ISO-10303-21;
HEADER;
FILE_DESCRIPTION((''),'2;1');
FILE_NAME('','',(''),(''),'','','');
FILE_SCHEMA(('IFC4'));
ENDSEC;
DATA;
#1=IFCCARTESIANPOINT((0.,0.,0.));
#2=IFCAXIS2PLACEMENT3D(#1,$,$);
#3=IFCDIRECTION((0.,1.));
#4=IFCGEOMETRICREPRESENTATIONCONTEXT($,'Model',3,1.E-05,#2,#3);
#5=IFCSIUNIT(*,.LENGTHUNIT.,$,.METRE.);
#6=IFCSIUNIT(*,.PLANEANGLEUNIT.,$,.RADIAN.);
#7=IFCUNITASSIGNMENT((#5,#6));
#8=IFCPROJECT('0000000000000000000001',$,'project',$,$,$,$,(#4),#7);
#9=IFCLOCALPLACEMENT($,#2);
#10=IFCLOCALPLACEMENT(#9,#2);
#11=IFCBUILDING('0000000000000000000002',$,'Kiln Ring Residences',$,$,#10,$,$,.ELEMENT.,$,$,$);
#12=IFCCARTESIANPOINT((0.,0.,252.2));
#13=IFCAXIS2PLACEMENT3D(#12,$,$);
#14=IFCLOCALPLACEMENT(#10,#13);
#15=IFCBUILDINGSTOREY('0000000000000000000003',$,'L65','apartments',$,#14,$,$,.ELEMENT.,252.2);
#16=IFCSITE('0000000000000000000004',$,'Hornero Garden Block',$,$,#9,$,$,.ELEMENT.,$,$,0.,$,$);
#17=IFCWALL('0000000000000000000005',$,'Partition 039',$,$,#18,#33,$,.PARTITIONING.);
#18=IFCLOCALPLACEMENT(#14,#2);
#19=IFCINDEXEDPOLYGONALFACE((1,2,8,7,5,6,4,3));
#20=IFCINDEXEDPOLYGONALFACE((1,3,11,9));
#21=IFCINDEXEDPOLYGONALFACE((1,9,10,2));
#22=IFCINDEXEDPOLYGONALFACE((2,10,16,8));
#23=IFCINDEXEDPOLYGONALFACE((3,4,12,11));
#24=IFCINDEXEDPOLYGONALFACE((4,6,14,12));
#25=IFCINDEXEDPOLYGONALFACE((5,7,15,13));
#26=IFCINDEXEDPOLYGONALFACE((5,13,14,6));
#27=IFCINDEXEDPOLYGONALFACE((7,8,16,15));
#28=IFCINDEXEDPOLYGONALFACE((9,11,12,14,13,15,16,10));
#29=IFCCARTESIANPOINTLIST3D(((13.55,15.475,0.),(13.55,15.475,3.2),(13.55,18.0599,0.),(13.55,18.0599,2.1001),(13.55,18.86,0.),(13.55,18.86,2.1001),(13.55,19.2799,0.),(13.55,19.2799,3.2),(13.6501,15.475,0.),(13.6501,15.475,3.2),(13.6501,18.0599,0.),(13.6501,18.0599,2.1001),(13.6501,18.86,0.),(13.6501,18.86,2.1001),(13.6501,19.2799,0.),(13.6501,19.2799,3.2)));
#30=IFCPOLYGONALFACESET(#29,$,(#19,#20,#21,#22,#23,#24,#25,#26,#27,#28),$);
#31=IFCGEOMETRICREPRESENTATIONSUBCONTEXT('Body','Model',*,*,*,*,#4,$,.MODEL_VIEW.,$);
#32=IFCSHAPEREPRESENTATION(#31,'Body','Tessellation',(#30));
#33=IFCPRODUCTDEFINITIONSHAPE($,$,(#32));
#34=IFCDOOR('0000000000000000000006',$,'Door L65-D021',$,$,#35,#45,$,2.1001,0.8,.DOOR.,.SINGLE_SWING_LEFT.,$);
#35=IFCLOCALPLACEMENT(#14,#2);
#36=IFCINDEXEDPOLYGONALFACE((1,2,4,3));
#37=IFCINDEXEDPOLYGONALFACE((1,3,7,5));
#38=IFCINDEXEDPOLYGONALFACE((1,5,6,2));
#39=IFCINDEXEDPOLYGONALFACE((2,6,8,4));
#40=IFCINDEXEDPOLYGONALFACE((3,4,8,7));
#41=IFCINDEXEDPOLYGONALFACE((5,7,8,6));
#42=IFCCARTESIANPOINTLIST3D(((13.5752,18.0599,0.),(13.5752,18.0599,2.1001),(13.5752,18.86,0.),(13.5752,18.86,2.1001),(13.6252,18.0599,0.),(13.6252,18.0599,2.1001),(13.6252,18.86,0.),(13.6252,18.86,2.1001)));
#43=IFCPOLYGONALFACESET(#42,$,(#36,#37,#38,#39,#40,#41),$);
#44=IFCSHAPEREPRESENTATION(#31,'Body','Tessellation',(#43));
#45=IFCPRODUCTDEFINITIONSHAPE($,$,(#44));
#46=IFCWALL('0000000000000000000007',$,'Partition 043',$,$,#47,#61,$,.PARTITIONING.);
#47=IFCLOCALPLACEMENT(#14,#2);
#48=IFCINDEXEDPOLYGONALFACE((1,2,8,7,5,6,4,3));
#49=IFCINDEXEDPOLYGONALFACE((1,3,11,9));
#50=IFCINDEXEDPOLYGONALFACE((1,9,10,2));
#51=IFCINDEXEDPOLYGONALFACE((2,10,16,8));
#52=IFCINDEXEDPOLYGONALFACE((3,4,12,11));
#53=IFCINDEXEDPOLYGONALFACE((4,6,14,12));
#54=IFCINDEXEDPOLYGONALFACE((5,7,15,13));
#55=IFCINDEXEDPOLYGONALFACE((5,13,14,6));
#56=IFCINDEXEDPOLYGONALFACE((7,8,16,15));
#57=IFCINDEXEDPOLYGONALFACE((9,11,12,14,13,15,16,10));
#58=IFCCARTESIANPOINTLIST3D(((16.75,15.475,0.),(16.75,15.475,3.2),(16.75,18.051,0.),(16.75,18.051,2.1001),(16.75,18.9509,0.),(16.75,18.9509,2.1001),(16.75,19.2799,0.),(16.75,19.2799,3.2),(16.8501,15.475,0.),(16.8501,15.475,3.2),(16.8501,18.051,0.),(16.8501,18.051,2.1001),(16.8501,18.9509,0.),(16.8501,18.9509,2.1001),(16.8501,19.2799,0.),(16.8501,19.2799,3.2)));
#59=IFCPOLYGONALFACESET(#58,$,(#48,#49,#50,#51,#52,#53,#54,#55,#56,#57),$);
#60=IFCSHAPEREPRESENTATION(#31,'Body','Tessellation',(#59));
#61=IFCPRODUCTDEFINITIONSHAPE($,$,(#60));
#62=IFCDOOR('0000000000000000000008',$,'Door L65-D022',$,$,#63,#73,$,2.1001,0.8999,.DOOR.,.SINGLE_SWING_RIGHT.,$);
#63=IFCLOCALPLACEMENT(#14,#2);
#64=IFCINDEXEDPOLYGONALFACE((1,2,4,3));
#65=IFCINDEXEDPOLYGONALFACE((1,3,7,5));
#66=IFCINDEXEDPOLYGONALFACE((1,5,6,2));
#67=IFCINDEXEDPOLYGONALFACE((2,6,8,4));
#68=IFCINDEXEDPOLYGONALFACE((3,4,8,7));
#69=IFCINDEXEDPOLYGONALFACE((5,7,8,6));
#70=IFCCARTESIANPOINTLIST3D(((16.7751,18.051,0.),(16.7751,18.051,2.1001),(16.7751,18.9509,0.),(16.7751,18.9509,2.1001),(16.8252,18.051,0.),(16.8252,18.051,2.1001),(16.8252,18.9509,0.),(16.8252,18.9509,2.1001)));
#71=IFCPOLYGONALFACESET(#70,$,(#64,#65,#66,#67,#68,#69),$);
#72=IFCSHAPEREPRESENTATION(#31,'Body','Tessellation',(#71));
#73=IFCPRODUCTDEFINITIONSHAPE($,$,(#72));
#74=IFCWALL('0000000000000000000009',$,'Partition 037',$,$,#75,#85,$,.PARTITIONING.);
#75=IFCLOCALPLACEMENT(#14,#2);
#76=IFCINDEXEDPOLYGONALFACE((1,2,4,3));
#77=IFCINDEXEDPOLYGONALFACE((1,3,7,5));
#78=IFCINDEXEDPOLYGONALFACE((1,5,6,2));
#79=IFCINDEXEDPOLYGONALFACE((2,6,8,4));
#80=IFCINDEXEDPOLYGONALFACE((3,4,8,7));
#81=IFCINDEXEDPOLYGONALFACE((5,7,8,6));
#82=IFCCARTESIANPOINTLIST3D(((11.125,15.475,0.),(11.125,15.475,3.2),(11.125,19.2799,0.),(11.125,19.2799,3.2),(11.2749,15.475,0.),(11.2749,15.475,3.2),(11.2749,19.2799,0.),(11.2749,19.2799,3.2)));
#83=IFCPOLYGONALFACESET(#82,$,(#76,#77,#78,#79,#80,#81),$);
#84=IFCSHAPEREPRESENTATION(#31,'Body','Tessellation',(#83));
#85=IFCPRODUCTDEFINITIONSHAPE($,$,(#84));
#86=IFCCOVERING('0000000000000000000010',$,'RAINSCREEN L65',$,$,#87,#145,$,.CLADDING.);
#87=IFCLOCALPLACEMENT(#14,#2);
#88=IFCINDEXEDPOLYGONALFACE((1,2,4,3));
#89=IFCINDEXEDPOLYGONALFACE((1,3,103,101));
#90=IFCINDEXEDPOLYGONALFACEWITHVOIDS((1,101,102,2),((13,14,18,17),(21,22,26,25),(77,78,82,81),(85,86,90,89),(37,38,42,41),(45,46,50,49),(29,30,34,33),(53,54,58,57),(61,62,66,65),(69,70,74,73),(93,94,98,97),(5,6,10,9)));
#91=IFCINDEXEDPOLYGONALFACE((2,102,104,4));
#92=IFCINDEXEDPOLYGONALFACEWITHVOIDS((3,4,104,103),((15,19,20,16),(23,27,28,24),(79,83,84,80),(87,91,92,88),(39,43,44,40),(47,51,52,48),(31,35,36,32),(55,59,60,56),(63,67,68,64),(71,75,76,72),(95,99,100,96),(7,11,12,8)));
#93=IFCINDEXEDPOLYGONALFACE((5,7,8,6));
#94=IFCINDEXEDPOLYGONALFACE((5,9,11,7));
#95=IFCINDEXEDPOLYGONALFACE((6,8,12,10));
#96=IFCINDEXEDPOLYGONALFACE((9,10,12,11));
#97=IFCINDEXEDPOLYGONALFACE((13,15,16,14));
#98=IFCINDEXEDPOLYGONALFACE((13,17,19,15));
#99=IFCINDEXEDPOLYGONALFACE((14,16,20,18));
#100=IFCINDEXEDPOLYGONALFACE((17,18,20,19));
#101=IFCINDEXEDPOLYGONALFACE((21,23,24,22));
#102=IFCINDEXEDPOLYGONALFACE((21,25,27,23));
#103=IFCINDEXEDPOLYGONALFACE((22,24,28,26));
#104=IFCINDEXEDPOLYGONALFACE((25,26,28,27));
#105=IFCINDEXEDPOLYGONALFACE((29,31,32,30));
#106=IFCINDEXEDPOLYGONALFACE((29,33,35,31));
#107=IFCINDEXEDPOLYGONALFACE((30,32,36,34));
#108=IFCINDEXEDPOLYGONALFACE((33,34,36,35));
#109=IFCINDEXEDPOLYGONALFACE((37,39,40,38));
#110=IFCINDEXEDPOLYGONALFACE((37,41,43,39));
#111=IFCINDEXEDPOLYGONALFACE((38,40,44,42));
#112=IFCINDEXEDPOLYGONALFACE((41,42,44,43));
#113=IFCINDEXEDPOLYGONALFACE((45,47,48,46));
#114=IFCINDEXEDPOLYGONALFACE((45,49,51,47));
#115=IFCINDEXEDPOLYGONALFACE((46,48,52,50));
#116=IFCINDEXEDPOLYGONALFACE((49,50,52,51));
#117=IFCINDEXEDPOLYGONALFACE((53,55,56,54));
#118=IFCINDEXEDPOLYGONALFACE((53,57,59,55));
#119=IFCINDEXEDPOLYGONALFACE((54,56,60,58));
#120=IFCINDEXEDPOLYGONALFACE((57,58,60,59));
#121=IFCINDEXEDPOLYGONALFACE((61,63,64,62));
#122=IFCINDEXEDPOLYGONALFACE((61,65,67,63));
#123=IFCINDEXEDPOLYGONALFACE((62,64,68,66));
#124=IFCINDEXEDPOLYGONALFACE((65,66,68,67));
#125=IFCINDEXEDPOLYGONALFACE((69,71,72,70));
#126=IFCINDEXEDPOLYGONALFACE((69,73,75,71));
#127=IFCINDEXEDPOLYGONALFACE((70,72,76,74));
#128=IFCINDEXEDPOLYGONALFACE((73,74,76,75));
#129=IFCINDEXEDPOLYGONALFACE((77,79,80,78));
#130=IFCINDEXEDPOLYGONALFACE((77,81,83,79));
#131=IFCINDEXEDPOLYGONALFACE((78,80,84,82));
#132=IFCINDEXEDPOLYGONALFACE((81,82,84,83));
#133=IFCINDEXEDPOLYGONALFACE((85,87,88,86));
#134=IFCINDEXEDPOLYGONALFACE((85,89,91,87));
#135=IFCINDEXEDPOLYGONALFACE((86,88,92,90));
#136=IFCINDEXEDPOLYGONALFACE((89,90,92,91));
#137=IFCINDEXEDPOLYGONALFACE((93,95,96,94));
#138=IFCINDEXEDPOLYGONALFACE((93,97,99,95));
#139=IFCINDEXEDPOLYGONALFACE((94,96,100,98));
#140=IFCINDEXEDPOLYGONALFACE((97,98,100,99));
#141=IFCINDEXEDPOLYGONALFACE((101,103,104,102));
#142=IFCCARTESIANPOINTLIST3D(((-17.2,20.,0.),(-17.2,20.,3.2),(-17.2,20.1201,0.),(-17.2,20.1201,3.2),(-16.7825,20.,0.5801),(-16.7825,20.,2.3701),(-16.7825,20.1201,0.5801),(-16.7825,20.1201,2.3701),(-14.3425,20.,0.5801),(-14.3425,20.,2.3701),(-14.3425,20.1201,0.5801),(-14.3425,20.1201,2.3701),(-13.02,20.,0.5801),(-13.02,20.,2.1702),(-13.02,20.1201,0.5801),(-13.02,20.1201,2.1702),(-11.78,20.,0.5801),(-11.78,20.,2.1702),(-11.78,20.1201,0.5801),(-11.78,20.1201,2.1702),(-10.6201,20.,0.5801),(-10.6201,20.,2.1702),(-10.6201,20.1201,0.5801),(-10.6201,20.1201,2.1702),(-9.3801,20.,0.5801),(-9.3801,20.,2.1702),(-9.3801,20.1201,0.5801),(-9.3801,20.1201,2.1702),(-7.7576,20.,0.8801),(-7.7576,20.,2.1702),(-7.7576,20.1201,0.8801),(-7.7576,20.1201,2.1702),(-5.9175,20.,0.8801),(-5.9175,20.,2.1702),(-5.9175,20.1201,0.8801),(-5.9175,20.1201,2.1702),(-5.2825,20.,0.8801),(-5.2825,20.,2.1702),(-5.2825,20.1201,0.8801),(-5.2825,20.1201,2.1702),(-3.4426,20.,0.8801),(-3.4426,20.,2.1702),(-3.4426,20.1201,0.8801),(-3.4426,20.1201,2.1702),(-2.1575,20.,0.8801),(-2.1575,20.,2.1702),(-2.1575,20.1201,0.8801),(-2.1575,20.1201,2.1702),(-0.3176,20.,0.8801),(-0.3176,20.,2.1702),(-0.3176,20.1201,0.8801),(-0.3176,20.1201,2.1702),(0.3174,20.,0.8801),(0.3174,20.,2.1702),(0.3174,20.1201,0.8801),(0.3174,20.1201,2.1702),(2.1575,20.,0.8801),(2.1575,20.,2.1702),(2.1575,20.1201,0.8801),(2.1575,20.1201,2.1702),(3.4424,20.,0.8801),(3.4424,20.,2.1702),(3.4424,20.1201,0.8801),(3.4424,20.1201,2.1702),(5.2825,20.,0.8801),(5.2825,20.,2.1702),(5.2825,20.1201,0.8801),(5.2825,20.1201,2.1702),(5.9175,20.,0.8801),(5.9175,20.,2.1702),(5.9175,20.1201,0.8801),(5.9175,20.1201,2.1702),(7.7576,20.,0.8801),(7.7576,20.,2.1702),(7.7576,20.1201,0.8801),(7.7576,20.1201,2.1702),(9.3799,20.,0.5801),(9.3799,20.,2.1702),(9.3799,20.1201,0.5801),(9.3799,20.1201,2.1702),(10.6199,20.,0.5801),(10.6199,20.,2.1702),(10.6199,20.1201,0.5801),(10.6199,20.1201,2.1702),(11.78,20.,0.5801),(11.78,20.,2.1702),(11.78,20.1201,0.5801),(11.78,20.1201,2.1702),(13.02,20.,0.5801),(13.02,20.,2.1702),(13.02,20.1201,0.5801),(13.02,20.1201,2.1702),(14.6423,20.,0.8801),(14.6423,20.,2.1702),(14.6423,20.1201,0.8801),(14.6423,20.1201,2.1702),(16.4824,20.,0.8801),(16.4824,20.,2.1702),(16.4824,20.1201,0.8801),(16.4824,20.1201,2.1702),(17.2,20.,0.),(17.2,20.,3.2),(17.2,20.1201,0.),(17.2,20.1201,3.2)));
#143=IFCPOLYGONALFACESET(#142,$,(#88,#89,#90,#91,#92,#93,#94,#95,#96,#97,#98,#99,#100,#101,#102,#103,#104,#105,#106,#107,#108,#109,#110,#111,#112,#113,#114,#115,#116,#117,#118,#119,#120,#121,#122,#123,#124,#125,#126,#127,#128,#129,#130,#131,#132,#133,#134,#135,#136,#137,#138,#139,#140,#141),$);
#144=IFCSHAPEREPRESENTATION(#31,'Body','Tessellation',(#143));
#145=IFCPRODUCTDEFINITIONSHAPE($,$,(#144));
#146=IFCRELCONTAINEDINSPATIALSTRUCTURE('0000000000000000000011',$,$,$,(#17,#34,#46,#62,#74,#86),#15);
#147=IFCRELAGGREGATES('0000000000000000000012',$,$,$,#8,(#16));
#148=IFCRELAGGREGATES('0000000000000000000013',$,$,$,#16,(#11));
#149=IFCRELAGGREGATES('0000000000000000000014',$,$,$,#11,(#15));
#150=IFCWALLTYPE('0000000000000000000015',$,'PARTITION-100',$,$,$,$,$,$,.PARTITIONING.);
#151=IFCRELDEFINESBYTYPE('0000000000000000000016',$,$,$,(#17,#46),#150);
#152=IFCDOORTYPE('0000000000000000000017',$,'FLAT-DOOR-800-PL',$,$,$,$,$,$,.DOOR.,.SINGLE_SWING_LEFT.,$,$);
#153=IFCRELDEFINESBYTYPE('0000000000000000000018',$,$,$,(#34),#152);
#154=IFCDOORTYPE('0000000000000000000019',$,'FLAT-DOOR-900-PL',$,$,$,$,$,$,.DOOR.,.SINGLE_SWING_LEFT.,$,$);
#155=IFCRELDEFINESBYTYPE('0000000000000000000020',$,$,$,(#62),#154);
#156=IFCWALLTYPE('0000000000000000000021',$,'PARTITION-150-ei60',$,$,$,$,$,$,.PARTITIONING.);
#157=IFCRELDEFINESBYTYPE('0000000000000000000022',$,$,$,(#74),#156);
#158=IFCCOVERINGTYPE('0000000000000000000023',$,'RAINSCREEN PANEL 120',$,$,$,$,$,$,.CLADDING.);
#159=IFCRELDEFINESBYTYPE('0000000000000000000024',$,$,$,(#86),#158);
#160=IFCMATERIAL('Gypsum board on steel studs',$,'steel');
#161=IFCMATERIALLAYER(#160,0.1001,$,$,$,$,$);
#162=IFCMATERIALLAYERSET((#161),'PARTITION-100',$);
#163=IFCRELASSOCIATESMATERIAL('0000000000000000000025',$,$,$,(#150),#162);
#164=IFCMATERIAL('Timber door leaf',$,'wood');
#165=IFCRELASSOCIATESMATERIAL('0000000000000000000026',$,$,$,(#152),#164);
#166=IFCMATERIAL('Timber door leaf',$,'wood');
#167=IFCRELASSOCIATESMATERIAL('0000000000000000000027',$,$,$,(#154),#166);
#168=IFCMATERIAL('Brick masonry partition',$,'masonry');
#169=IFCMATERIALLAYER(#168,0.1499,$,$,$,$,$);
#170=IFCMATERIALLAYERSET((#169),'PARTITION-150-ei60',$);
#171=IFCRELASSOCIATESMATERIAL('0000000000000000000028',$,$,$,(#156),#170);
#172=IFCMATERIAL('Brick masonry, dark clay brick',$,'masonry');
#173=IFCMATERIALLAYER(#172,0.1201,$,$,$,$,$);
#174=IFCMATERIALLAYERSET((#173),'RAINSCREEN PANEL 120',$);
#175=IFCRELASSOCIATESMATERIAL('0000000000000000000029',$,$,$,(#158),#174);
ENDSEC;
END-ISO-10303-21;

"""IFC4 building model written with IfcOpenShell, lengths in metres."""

from ifc_helpers import new_model, si_unit, direction, frame, frame_2d, origin, place, context, subcontext, project, spatial, polyline, rectangle, outline, extrude, material, layer, layer_set, type_object, element, fill, save


model = new_model("IFC4")

# Units and contexts
model_context = context("Model", 3, precision=1e-05, world=origin(), true_north=direction((0.0, 1.0)))
body_context = subcontext(model_context, "Body", "Model", "MODEL_VIEW")
ifc_project = project(units=[si_unit("LENGTHUNIT", "METRE"), si_unit("PLANEANGLEUNIT", "RADIAN")], contexts=[model_context])

# Site, building, storey
site_placement = place(None, origin())
site = spatial("IfcSite", under=ifc_project, at=site_placement, Name="Hornero Garden Block", CompositionType="ELEMENT", RefElevation=0.0)
building_placement = place(site_placement, origin())
building = spatial("IfcBuilding", under=site, at=building_placement, Name="Kiln Ring Residences", CompositionType="ELEMENT")
storey_placement = place(building_placement, frame((0.0, 0.0, 252.2)))
storey = spatial("IfcBuildingStorey", under=building, at=storey_placement, Name="L65", Description="apartments", CompositionType="ELEMENT", Elevation=252.2)

# Walls, openings, doors
ifc_material_1 = material(Name="Gypsum board on steel studs", Category="steel")
ifc_layer_1 = layer(ifc_material_1, 0.1001)
ifc_layer_set_1 = layer_set([ifc_layer_1], Name="PARTITION-100")
wall_type_1 = type_object("IfcWallType", Name="PARTITION-100", PredefinedType="PARTITIONING", material=ifc_layer_set_1)
wall_1_placement = place(storey_placement, frame((13.6001, 15.4751, 0.0), z_axis=(0.0, 0.0, 1.0), x_axis=(0.0, 1.0, 0.0)))
wall_1 = element("IfcWall", 1, at=wall_1_placement, inside=storey, type_object=wall_type_1, Name="Partition 039", PredefinedType="PARTITIONING", context=body_context, shape_type="SweptSolid", body=[
    extrude(rectangle(XDim=3.8049, YDim=0.1001, at=frame_2d((1.9023, 0.0))), origin(), (0.0, 0.0, 1.0), 3.2),
])
opening_1_placement = place(wall_1_placement, frame((2.585, 0.0, 0.0)))
opening_1 = element("IfcOpeningElement", 2, at=opening_1_placement, cuts=wall_1, PredefinedType="OPENING", context=body_context, shape_type="SweptSolid", body=[
    extrude(rectangle(XDim=0.8, YDim=2.1001, at=frame_2d((0.3999, 1.05))), frame((0.0, 0.0601, 0.0), z_axis=(0.0, -1.0, 0.0), x_axis=(1.0, 0.0, 0.0)), (0.0, 0.0, 1.0), 0.1201),
])
ifc_material_2 = material(Name="Timber door leaf", Category="wood")
door_type_1 = type_object("IfcDoorType", Name="FLAT-DOOR-800-PL", OperationType="SINGLE_SWING_LEFT", PredefinedType="DOOR", material=ifc_material_2)
door_1_placement = place(opening_1_placement, origin())
door_1 = element("IfcDoor", 3, at=door_1_placement, inside=storey, type_object=door_type_1, Name="Door L65-D021", OperationType="SINGLE_SWING_LEFT", OverallHeight=2.1001, OverallWidth=0.8, PredefinedType="DOOR", context=body_context, shape_type="SweptSolid", body=[
    extrude(rectangle(XDim=0.8, YDim=2.1001, at=frame_2d((0.3999, 1.05))), frame((0.0, 0.0249, 0.0), z_axis=(0.0, -1.0, 0.0), x_axis=(1.0, 0.0, 0.0)), (0.0, 0.0, 1.0), 0.05),
])
fill(opening_1, door_1)
wall_2_placement = place(storey_placement, frame((16.8, 15.4751, 0.0), z_axis=(0.0, 0.0, 1.0), x_axis=(0.0, 1.0, 0.0)))
wall_2 = element("IfcWall", 4, at=wall_2_placement, inside=storey, type_object=wall_type_1, Name="Partition 043", PredefinedType="PARTITIONING", context=body_context, shape_type="SweptSolid", body=[
    extrude(rectangle(XDim=3.8049, YDim=0.1001, at=frame_2d((1.9023, 0.0))), origin(), (0.0, 0.0, 1.0), 3.2),
])
opening_2_placement = place(wall_2_placement, frame((2.5759, 0.0, 0.0)))
opening_2 = element("IfcOpeningElement", 5, at=opening_2_placement, cuts=wall_2, PredefinedType="OPENING", context=body_context, shape_type="SweptSolid", body=[
    extrude(rectangle(XDim=0.8999, YDim=2.1001, at=frame_2d((0.45, 1.05))), frame((0.0, 0.0601, 0.0), z_axis=(0.0, -1.0, 0.0), x_axis=(1.0, 0.0, 0.0)), (0.0, 0.0, 1.0), 0.1201),
])
ifc_material_3 = material(Name="Timber door leaf", Category="wood")
door_type_2 = type_object("IfcDoorType", Name="FLAT-DOOR-900-PL", OperationType="SINGLE_SWING_LEFT", PredefinedType="DOOR", material=ifc_material_3)
door_2_placement = place(opening_2_placement, origin())
door_2 = element("IfcDoor", 6, at=door_2_placement, inside=storey, type_object=door_type_2, Name="Door L65-D022", OperationType="SINGLE_SWING_RIGHT", OverallHeight=2.1001, OverallWidth=0.8999, PredefinedType="DOOR", context=body_context, shape_type="SweptSolid", body=[
    extrude(rectangle(XDim=0.8999, YDim=2.1001, at=frame_2d((0.45, 1.05))), frame((0.0, 0.0249, 0.0), z_axis=(0.0, -1.0, 0.0), x_axis=(1.0, 0.0, 0.0)), (0.0, 0.0, 1.0), 0.05),
])
fill(opening_2, door_2)

# Wall
ifc_material_4 = material(Name="Brick masonry partition", Category="masonry")
ifc_layer_2 = layer(ifc_material_4, 0.1499)
ifc_layer_set_2 = layer_set([ifc_layer_2], Name="PARTITION-150-ei60")
wall_type_2 = type_object("IfcWallType", Name="PARTITION-150-ei60", PredefinedType="PARTITIONING", material=ifc_layer_set_2)
wall_3_placement = place(storey_placement, frame((11.2, 15.4751, 0.0), z_axis=(0.0, 0.0, 1.0), x_axis=(0.0, 1.0, 0.0)))
element("IfcWall", 7, at=wall_3_placement, inside=storey, type_object=wall_type_2, Name="Partition 037", PredefinedType="PARTITIONING", context=body_context, shape_type="SweptSolid", body=[
    extrude(rectangle(XDim=3.8049, YDim=0.1499, at=frame_2d((1.9023, 0.0))), origin(), (0.0, 0.0, 1.0), 3.2),
])

# Covering
ifc_material_5 = material(Name="Brick masonry, dark clay brick", Category="masonry")
ifc_layer_3 = layer(ifc_material_5, 0.1201)
ifc_layer_set_3 = layer_set([ifc_layer_3], Name="RAINSCREEN PANEL 120")
covering_type = type_object("IfcCoveringType", Name="RAINSCREEN PANEL 120", PredefinedType="CLADDING", material=ifc_layer_set_3)
covering_placement = place(storey_placement, frame((17.2, 20.0601, 0.0), z_axis=(0.0, 0.0, 1.0), x_axis=(-1.0, 0.0, 0.0)))
element("IfcCovering", 8, at=covering_placement, inside=storey, type_object=covering_type, Name="RAINSCREEN L65", PredefinedType="CLADDING", context=body_context, shape_type="SweptSolid", body=[
    extrude(outline(polyline([(0.0, 0.0), (34.3999, 0.0), (34.3999, 3.2), (0.0, 3.2), (0.0, 0.0)]), holes=[polyline([(4.1799, 0.5801), (5.4199, 0.5801), (5.4199, 2.1702), (4.1799, 2.1702), (4.1799, 0.5801)]), polyline([(6.5801, 2.1702), (6.5801, 0.5801), (7.8201, 0.5801), (7.8201, 2.1702), (6.5801, 2.1702)]), polyline([(0.7175, 2.1702), (0.7175, 0.8801), (2.5576, 0.8801), (2.5576, 2.1702), (0.7175, 2.1702)]), polyline([(9.4424, 0.8801), (11.2825, 0.8801), (11.2825, 2.1702), (9.4424, 2.1702), (9.4424, 0.8801)]), polyline([(11.9175, 2.1702), (11.9175, 0.8801), (13.7576, 0.8801), (13.7576, 2.1702), (11.9175, 2.1702)]), polyline([(15.0425, 2.1702), (15.0425, 0.8801), (16.8826, 0.8801), (16.8826, 2.1702), (15.0425, 2.1702)]), polyline([(26.5801, 0.5801), (27.8201, 0.5801), (27.8201, 2.1702), (26.5801, 2.1702), (26.5801, 0.5801)]), polyline([(28.98, 2.1702), (28.98, 0.5801), (30.22, 0.5801), (30.22, 2.1702), (28.98, 2.1702)]), polyline([(31.5425, 2.3701), (31.5425, 0.5801), (33.9824, 0.5801), (33.9824, 2.3701), (31.5425, 2.3701)]), polyline([(17.5176, 0.8801), (19.3574, 0.8801), (19.3574, 2.1702), (17.5176, 2.1702), (17.5176, 0.8801)]), polyline([(20.6426, 2.1702), (20.6426, 0.8801), (22.4824, 0.8801), (22.4824, 2.1702), (20.6426, 2.1702)]), polyline([(23.1174, 2.1702), (23.1174, 0.8801), (24.9575, 0.8801), (24.9575, 2.1702), (23.1174, 2.1702)])]), frame((0.0, 0.0601, 0.0), z_axis=(0.0, -1.0, 0.0), x_axis=(1.0, 0.0, 0.0)), (0.0, 0.0, 1.0), 0.1201),
])

save(model, "model.ifc")
